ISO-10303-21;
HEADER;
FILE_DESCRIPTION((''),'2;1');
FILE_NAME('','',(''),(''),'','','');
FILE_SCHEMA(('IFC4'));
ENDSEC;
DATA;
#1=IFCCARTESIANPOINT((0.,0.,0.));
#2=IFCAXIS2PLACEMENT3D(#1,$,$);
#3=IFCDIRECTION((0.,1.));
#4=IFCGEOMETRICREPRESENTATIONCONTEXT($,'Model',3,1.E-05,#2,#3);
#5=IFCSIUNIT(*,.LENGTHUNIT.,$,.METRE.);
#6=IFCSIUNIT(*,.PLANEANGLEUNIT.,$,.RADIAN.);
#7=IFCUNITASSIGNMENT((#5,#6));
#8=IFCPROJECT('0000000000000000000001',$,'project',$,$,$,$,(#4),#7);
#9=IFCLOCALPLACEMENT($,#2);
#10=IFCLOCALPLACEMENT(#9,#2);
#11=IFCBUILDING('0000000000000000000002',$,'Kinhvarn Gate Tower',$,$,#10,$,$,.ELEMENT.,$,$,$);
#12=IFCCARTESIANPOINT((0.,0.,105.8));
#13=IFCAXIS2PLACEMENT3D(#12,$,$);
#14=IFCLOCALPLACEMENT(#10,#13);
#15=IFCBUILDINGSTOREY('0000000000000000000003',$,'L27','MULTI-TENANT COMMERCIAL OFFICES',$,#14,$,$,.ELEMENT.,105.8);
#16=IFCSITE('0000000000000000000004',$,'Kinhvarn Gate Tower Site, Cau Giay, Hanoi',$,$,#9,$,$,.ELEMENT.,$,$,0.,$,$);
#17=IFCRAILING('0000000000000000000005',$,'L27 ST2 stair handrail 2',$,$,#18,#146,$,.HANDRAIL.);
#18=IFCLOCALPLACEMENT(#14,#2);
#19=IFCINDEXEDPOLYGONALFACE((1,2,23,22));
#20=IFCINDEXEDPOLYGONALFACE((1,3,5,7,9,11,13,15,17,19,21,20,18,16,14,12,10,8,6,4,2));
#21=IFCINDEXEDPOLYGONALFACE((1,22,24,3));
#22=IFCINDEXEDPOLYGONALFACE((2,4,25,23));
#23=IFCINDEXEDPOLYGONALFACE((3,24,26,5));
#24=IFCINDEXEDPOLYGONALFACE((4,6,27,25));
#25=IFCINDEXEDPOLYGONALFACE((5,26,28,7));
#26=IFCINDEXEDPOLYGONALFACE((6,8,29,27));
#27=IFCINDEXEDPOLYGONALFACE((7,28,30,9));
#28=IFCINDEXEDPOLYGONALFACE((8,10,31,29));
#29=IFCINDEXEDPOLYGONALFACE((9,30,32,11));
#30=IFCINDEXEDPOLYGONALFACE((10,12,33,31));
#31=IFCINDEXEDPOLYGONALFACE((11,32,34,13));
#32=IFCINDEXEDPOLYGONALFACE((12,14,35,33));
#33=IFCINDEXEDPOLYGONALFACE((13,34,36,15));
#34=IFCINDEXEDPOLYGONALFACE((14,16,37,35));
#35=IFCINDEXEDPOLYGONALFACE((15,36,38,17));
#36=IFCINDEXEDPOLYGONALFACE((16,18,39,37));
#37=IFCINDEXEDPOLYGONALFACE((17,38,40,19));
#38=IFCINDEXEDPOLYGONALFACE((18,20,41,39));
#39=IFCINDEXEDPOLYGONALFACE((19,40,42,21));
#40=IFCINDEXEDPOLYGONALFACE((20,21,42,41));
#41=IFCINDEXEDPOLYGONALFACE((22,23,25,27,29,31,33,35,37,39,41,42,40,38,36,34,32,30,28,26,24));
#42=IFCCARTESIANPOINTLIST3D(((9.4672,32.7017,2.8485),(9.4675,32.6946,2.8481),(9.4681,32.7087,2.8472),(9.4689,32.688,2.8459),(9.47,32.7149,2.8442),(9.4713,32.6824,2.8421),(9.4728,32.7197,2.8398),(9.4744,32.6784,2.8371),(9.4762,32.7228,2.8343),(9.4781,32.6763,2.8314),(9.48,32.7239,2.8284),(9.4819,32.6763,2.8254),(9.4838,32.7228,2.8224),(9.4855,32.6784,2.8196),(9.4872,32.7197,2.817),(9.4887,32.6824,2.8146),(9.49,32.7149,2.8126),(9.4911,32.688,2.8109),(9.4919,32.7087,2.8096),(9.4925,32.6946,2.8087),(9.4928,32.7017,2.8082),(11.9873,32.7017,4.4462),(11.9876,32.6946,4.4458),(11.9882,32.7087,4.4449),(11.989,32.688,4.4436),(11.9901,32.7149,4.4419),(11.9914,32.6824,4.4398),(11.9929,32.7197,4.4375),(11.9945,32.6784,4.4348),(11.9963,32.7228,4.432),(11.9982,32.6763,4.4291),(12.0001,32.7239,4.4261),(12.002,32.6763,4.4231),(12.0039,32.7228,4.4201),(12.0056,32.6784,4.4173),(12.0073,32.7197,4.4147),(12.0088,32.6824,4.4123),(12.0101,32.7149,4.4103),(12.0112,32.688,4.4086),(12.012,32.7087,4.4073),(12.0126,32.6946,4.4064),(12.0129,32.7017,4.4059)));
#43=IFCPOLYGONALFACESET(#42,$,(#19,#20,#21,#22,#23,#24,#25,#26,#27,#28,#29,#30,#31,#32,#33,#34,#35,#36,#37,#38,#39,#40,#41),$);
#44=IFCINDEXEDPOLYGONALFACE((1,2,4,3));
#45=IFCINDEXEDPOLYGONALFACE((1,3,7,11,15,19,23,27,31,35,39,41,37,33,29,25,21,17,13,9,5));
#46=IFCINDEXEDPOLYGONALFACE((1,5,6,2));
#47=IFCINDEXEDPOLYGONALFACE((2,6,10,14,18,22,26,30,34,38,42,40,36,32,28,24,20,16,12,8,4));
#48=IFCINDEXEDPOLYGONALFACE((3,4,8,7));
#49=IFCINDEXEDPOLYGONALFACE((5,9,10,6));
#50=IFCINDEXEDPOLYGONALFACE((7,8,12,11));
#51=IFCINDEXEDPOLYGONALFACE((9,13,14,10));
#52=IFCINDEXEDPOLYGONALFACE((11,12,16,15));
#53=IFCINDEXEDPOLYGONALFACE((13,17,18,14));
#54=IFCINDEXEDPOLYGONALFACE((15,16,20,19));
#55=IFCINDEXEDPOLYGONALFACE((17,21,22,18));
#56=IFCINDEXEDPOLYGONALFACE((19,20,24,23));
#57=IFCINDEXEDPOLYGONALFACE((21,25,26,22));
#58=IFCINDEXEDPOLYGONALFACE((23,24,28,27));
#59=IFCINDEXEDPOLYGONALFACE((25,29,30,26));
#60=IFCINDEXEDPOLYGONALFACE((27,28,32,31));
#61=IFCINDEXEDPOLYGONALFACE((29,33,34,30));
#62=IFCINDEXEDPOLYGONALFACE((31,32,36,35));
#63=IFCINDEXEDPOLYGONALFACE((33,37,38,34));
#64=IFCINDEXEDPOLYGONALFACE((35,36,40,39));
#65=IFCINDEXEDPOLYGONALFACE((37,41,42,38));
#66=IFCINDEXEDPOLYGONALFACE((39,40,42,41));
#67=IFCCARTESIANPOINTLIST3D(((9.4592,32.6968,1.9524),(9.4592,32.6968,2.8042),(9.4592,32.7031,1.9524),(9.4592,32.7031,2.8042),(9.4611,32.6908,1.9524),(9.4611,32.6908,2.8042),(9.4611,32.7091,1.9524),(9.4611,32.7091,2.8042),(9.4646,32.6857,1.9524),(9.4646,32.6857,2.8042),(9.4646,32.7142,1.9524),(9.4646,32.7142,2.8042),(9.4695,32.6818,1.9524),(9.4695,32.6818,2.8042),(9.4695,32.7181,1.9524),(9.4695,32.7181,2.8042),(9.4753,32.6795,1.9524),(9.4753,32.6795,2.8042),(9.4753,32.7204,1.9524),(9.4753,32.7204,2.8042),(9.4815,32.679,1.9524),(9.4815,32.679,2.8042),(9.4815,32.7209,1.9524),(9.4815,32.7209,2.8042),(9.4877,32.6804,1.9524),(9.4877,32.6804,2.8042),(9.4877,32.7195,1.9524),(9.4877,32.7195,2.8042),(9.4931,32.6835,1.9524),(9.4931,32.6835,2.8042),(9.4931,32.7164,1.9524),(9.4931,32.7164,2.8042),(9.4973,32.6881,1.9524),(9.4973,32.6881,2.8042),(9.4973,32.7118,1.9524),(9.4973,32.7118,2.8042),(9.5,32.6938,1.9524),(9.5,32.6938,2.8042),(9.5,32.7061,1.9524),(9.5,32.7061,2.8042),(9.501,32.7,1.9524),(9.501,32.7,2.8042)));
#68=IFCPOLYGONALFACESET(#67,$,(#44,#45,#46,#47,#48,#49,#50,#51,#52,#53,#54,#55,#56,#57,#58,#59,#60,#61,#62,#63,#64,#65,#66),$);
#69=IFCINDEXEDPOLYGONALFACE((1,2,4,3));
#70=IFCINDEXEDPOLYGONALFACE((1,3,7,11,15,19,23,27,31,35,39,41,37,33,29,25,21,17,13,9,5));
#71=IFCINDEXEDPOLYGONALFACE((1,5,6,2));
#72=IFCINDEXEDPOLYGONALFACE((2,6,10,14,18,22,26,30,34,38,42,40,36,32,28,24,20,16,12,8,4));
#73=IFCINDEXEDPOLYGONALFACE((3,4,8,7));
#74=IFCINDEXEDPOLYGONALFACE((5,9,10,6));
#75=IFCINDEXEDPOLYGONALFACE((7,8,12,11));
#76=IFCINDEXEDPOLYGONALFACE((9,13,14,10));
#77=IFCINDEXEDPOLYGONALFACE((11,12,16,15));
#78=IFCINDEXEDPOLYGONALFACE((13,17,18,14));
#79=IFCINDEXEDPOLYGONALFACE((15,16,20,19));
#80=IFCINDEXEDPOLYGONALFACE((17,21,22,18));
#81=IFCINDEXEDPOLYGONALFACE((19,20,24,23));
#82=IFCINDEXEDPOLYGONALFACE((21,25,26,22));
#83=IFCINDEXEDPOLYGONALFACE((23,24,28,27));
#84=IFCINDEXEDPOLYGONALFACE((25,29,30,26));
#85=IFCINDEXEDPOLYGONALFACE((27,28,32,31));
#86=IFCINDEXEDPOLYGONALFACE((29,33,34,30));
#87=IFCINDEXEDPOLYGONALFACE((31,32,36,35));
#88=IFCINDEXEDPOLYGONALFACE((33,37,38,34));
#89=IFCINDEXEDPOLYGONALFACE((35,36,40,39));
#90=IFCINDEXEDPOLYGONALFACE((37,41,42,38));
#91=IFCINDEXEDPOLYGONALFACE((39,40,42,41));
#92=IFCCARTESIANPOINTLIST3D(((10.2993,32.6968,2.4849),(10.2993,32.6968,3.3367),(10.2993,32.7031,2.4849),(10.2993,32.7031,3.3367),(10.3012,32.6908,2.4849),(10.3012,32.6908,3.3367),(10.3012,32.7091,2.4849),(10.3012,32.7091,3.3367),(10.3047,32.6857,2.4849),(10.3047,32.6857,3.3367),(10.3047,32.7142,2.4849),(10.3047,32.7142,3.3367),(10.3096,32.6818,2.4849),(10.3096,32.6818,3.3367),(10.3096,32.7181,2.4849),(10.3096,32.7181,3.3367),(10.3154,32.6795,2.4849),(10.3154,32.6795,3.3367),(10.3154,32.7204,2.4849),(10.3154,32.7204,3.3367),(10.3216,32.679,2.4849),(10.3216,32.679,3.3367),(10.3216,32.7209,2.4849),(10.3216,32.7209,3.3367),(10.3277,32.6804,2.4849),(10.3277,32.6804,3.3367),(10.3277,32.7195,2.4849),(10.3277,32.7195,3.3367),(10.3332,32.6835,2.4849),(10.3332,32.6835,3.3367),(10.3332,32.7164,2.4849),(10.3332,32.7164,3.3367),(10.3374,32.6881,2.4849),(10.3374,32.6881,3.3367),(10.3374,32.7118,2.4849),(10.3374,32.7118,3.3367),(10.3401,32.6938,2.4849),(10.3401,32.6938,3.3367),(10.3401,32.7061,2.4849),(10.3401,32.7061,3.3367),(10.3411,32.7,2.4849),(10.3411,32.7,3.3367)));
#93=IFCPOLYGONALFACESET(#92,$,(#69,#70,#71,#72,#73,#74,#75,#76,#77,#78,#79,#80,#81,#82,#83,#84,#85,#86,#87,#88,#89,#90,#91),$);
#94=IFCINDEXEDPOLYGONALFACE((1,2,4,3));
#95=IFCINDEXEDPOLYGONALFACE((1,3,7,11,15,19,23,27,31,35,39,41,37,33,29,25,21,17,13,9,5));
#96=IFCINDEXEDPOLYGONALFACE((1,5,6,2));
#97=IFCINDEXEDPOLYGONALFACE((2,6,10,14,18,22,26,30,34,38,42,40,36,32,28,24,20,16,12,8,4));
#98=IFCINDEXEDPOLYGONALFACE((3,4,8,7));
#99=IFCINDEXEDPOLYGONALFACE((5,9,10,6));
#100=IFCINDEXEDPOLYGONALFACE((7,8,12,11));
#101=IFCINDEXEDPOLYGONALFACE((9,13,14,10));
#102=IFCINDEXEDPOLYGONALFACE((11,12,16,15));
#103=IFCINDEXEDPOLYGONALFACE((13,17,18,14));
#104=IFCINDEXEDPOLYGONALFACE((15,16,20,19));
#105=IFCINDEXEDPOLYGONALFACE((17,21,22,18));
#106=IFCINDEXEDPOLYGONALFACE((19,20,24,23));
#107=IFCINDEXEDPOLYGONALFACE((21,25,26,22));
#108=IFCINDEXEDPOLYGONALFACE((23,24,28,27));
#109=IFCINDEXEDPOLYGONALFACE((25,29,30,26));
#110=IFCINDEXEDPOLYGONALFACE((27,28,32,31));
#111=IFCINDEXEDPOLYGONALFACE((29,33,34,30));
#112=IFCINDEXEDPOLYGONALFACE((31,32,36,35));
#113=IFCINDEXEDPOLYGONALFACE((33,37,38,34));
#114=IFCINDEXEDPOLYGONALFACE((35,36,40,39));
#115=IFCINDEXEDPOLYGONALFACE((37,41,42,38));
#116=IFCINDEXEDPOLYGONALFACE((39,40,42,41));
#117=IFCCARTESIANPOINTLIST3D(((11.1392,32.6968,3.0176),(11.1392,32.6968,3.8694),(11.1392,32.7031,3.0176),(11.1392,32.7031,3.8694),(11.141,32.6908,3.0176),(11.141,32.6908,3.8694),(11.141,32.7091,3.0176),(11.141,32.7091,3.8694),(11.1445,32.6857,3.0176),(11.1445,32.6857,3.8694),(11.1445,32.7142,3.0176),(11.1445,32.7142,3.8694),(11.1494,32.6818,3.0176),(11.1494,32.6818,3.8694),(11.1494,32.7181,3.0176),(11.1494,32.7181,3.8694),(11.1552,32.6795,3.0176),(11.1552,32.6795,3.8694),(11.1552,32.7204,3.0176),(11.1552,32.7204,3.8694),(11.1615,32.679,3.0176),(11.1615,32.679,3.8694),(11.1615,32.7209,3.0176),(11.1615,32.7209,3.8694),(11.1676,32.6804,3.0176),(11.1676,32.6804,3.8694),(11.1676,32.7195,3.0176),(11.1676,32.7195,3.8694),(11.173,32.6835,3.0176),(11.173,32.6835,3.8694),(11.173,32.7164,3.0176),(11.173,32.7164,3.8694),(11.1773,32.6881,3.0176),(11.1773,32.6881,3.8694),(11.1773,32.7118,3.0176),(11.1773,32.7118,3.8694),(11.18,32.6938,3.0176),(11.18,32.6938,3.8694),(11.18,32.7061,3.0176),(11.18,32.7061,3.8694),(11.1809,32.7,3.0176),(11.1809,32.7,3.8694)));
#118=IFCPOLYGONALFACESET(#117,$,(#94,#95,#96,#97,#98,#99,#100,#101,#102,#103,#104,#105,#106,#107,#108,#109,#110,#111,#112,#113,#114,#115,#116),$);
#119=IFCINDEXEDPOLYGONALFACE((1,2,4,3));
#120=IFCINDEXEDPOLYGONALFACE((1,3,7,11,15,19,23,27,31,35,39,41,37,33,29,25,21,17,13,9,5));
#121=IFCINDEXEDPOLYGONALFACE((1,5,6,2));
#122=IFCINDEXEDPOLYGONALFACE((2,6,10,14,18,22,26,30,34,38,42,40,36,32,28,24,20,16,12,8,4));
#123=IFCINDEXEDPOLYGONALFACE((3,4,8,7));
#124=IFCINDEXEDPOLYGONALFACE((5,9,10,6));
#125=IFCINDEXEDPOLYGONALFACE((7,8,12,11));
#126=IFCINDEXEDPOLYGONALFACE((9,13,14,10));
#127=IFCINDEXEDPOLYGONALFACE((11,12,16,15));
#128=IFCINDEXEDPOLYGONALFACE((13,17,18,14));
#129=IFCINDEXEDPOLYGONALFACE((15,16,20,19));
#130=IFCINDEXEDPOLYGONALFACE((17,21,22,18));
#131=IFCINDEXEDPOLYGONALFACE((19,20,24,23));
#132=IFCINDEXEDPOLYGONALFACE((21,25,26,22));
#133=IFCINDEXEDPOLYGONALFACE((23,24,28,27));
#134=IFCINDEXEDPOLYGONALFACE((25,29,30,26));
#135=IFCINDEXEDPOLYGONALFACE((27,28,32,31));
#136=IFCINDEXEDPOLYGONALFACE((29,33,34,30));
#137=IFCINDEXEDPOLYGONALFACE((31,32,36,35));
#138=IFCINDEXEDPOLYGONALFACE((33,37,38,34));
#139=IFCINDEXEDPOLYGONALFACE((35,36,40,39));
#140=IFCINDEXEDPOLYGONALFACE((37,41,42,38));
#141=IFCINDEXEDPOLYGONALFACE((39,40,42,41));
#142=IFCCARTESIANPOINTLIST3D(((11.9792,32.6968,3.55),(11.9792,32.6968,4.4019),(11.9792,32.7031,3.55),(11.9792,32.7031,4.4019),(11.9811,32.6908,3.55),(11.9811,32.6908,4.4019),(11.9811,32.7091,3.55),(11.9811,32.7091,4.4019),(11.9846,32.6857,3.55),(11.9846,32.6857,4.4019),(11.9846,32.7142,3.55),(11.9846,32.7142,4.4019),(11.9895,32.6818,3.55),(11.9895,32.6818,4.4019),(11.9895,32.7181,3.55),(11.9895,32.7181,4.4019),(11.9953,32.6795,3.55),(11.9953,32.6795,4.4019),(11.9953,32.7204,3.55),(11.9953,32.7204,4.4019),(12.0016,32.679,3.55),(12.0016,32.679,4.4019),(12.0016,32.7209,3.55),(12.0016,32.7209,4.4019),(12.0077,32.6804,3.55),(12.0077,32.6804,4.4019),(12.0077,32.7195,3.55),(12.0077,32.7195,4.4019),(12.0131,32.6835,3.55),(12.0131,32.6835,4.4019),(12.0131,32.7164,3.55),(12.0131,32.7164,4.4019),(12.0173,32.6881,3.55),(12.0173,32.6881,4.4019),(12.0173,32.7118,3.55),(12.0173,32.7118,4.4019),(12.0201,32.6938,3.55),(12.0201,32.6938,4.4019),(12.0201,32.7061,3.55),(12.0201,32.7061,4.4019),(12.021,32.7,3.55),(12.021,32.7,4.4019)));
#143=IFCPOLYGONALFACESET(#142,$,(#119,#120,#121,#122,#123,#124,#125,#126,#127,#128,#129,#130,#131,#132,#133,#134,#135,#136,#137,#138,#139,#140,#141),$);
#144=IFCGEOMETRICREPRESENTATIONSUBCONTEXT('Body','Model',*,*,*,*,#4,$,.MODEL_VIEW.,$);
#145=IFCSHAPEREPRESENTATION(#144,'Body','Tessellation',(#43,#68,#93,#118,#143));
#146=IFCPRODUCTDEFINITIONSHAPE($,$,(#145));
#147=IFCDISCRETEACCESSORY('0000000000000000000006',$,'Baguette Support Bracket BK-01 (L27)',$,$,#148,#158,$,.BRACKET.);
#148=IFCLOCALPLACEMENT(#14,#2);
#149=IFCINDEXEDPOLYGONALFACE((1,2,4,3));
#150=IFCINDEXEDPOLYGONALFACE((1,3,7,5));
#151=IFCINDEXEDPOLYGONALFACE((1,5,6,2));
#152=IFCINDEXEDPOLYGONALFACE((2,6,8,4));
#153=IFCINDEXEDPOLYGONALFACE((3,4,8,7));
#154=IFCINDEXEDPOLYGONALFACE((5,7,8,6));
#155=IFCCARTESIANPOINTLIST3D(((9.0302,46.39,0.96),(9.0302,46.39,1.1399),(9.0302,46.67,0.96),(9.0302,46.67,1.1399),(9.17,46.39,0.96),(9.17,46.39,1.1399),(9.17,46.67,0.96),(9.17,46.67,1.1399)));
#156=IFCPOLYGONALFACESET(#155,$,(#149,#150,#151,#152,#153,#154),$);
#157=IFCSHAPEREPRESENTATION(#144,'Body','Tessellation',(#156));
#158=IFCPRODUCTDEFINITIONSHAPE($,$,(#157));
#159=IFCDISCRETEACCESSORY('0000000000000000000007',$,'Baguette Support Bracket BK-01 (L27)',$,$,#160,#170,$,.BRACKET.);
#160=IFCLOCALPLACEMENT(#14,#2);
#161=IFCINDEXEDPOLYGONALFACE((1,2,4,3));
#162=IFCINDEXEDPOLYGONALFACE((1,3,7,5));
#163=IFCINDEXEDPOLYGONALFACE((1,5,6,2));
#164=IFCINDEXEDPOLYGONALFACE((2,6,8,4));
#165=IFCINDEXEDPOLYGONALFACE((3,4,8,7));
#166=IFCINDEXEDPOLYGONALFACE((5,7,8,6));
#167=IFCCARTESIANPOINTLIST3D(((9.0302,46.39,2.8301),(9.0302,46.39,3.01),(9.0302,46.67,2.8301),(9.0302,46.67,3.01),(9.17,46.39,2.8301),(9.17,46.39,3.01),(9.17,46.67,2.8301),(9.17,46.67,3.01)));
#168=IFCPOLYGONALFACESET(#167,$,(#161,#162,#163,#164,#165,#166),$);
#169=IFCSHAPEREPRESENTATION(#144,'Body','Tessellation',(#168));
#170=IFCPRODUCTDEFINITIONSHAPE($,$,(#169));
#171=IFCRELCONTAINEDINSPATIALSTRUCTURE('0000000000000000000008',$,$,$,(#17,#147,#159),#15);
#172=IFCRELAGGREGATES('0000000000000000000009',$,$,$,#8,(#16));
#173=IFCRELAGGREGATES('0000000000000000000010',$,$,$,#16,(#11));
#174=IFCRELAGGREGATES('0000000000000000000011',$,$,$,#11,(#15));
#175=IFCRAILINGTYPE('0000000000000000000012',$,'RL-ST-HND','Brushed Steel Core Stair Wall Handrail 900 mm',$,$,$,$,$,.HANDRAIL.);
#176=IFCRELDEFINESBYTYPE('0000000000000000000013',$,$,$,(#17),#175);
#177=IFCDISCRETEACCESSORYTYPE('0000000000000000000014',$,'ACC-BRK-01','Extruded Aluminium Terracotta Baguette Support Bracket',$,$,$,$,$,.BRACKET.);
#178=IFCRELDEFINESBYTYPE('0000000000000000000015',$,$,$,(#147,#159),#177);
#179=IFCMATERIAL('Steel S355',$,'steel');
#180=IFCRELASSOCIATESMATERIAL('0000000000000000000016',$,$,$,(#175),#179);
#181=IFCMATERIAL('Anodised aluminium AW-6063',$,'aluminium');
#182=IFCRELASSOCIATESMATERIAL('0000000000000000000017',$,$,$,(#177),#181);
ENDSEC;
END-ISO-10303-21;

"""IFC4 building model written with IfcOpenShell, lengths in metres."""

from ifc_helpers import new_model, si_unit, direction, frame, origin, origin_2d, place, context, subcontext, project, spatial, rectangle, circle, extrude, material, type_object, element, save


model = new_model("IFC4")

# Units and contexts
model_context = context("Model", 3, precision=1e-05, world=origin(), true_north=direction((0.0, 1.0)))
body_context = subcontext(model_context, "Body", "Model", "MODEL_VIEW")
ifc_project = project(units=[si_unit("LENGTHUNIT", "METRE"), si_unit("PLANEANGLEUNIT", "RADIAN")], contexts=[model_context])

# Site, building, storey
site_placement = place(None, origin())
site = spatial("IfcSite", under=ifc_project, at=site_placement, Name="Kinhvarn Gate Tower Site, Cau Giay, Hanoi", CompositionType="ELEMENT", RefElevation=0.0)
building_placement = place(site_placement, origin())
building = spatial("IfcBuilding", under=site, at=building_placement, Name="Kinhvarn Gate Tower", CompositionType="ELEMENT")
storey_placement = place(building_placement, frame((0.0, 0.0, 105.8)))
storey = spatial("IfcBuildingStorey", under=building, at=storey_placement, Name="L27", Description="MULTI-TENANT COMMERCIAL OFFICES", CompositionType="ELEMENT", Elevation=105.8)

# Shared definitions
ifc_material_1 = material(Name="Anodised aluminium AW-6063", Category="aluminium")

# Shared definitions
ifc_material_2 = material(Name="Steel S355", Category="steel")

# Railing
railing_type_1 = type_object("IfcRailingType", Name="RL-ST-HND", Description="Brushed Steel Core Stair Wall Handrail 900 mm", PredefinedType="HANDRAIL", material=ifc_material_2)
railing_1_placement = place(storey_placement, frame((9.48, 32.7, 1.9524)))
element("IfcRailing", 1, at=railing_1_placement, inside=storey, type_object=railing_type_1, Name="L27 ST2 stair handrail 2", PredefinedType="HANDRAIL", context=body_context, shape_type="SweptSolid", body=[
    extrude(circle(Radius=0.0239, at=origin_2d()), frame((0.0, 0.0, 0.876), z_axis=(0.84457, 0.0, 0.535445), x_axis=(0.0, 1.0, 0.0)), (0.0, 0.0, 1.0), 2.9839),
    extrude(circle(Radius=0.021, at=origin_2d()), origin(), (0.0, 0.0, 1.0), 0.8518),
    extrude(circle(Radius=0.021, at=origin_2d()), frame((0.8401, 0.0, 0.5325)), (0.0, 0.0, 1.0), 0.8518),
    extrude(circle(Radius=0.021, at=origin_2d()), frame((1.6799, 0.0, 1.0652)), (0.0, 0.0, 1.0), 0.8518),
    extrude(circle(Radius=0.021, at=origin_2d()), frame((2.52, 0.0, 1.5977)), (0.0, 0.0, 1.0), 0.8518),
])

# Discrete accessories
discrete_accessory_type = type_object("IfcDiscreteAccessoryType", Name="ACC-BRK-01", Description="Extruded Aluminium Terracotta Baguette Support Bracket", PredefinedType="BRACKET", material=ifc_material_1)
for number, where, z_axis, x_axis, name in (
    (2, (9.1001, 46.53, 0.96), (0.0, 0.0, 1.0), (-1.0, 0.0, 0.0), "Baguette Support Bracket BK-01 (L27)"),
    (3, (9.1001, 46.53, 2.8301), (0.0, 0.0, 1.0), (-1.0, 0.0, 0.0), "Baguette Support Bracket BK-01 (L27)"),
):
    element("IfcDiscreteAccessory", number, at=place(storey_placement, frame(where, z_axis=z_axis, x_axis=x_axis)), inside=storey, type_object=discrete_accessory_type, Name=name, PredefinedType="BRACKET", context=body_context, shape_type="SweptSolid", body=[
        extrude(rectangle(XDim=0.1399, YDim=0.28, at=origin_2d()), origin(), (0.0, 0.0, 1.0), 0.1799),
    ])

save(model, "model.ifc")
